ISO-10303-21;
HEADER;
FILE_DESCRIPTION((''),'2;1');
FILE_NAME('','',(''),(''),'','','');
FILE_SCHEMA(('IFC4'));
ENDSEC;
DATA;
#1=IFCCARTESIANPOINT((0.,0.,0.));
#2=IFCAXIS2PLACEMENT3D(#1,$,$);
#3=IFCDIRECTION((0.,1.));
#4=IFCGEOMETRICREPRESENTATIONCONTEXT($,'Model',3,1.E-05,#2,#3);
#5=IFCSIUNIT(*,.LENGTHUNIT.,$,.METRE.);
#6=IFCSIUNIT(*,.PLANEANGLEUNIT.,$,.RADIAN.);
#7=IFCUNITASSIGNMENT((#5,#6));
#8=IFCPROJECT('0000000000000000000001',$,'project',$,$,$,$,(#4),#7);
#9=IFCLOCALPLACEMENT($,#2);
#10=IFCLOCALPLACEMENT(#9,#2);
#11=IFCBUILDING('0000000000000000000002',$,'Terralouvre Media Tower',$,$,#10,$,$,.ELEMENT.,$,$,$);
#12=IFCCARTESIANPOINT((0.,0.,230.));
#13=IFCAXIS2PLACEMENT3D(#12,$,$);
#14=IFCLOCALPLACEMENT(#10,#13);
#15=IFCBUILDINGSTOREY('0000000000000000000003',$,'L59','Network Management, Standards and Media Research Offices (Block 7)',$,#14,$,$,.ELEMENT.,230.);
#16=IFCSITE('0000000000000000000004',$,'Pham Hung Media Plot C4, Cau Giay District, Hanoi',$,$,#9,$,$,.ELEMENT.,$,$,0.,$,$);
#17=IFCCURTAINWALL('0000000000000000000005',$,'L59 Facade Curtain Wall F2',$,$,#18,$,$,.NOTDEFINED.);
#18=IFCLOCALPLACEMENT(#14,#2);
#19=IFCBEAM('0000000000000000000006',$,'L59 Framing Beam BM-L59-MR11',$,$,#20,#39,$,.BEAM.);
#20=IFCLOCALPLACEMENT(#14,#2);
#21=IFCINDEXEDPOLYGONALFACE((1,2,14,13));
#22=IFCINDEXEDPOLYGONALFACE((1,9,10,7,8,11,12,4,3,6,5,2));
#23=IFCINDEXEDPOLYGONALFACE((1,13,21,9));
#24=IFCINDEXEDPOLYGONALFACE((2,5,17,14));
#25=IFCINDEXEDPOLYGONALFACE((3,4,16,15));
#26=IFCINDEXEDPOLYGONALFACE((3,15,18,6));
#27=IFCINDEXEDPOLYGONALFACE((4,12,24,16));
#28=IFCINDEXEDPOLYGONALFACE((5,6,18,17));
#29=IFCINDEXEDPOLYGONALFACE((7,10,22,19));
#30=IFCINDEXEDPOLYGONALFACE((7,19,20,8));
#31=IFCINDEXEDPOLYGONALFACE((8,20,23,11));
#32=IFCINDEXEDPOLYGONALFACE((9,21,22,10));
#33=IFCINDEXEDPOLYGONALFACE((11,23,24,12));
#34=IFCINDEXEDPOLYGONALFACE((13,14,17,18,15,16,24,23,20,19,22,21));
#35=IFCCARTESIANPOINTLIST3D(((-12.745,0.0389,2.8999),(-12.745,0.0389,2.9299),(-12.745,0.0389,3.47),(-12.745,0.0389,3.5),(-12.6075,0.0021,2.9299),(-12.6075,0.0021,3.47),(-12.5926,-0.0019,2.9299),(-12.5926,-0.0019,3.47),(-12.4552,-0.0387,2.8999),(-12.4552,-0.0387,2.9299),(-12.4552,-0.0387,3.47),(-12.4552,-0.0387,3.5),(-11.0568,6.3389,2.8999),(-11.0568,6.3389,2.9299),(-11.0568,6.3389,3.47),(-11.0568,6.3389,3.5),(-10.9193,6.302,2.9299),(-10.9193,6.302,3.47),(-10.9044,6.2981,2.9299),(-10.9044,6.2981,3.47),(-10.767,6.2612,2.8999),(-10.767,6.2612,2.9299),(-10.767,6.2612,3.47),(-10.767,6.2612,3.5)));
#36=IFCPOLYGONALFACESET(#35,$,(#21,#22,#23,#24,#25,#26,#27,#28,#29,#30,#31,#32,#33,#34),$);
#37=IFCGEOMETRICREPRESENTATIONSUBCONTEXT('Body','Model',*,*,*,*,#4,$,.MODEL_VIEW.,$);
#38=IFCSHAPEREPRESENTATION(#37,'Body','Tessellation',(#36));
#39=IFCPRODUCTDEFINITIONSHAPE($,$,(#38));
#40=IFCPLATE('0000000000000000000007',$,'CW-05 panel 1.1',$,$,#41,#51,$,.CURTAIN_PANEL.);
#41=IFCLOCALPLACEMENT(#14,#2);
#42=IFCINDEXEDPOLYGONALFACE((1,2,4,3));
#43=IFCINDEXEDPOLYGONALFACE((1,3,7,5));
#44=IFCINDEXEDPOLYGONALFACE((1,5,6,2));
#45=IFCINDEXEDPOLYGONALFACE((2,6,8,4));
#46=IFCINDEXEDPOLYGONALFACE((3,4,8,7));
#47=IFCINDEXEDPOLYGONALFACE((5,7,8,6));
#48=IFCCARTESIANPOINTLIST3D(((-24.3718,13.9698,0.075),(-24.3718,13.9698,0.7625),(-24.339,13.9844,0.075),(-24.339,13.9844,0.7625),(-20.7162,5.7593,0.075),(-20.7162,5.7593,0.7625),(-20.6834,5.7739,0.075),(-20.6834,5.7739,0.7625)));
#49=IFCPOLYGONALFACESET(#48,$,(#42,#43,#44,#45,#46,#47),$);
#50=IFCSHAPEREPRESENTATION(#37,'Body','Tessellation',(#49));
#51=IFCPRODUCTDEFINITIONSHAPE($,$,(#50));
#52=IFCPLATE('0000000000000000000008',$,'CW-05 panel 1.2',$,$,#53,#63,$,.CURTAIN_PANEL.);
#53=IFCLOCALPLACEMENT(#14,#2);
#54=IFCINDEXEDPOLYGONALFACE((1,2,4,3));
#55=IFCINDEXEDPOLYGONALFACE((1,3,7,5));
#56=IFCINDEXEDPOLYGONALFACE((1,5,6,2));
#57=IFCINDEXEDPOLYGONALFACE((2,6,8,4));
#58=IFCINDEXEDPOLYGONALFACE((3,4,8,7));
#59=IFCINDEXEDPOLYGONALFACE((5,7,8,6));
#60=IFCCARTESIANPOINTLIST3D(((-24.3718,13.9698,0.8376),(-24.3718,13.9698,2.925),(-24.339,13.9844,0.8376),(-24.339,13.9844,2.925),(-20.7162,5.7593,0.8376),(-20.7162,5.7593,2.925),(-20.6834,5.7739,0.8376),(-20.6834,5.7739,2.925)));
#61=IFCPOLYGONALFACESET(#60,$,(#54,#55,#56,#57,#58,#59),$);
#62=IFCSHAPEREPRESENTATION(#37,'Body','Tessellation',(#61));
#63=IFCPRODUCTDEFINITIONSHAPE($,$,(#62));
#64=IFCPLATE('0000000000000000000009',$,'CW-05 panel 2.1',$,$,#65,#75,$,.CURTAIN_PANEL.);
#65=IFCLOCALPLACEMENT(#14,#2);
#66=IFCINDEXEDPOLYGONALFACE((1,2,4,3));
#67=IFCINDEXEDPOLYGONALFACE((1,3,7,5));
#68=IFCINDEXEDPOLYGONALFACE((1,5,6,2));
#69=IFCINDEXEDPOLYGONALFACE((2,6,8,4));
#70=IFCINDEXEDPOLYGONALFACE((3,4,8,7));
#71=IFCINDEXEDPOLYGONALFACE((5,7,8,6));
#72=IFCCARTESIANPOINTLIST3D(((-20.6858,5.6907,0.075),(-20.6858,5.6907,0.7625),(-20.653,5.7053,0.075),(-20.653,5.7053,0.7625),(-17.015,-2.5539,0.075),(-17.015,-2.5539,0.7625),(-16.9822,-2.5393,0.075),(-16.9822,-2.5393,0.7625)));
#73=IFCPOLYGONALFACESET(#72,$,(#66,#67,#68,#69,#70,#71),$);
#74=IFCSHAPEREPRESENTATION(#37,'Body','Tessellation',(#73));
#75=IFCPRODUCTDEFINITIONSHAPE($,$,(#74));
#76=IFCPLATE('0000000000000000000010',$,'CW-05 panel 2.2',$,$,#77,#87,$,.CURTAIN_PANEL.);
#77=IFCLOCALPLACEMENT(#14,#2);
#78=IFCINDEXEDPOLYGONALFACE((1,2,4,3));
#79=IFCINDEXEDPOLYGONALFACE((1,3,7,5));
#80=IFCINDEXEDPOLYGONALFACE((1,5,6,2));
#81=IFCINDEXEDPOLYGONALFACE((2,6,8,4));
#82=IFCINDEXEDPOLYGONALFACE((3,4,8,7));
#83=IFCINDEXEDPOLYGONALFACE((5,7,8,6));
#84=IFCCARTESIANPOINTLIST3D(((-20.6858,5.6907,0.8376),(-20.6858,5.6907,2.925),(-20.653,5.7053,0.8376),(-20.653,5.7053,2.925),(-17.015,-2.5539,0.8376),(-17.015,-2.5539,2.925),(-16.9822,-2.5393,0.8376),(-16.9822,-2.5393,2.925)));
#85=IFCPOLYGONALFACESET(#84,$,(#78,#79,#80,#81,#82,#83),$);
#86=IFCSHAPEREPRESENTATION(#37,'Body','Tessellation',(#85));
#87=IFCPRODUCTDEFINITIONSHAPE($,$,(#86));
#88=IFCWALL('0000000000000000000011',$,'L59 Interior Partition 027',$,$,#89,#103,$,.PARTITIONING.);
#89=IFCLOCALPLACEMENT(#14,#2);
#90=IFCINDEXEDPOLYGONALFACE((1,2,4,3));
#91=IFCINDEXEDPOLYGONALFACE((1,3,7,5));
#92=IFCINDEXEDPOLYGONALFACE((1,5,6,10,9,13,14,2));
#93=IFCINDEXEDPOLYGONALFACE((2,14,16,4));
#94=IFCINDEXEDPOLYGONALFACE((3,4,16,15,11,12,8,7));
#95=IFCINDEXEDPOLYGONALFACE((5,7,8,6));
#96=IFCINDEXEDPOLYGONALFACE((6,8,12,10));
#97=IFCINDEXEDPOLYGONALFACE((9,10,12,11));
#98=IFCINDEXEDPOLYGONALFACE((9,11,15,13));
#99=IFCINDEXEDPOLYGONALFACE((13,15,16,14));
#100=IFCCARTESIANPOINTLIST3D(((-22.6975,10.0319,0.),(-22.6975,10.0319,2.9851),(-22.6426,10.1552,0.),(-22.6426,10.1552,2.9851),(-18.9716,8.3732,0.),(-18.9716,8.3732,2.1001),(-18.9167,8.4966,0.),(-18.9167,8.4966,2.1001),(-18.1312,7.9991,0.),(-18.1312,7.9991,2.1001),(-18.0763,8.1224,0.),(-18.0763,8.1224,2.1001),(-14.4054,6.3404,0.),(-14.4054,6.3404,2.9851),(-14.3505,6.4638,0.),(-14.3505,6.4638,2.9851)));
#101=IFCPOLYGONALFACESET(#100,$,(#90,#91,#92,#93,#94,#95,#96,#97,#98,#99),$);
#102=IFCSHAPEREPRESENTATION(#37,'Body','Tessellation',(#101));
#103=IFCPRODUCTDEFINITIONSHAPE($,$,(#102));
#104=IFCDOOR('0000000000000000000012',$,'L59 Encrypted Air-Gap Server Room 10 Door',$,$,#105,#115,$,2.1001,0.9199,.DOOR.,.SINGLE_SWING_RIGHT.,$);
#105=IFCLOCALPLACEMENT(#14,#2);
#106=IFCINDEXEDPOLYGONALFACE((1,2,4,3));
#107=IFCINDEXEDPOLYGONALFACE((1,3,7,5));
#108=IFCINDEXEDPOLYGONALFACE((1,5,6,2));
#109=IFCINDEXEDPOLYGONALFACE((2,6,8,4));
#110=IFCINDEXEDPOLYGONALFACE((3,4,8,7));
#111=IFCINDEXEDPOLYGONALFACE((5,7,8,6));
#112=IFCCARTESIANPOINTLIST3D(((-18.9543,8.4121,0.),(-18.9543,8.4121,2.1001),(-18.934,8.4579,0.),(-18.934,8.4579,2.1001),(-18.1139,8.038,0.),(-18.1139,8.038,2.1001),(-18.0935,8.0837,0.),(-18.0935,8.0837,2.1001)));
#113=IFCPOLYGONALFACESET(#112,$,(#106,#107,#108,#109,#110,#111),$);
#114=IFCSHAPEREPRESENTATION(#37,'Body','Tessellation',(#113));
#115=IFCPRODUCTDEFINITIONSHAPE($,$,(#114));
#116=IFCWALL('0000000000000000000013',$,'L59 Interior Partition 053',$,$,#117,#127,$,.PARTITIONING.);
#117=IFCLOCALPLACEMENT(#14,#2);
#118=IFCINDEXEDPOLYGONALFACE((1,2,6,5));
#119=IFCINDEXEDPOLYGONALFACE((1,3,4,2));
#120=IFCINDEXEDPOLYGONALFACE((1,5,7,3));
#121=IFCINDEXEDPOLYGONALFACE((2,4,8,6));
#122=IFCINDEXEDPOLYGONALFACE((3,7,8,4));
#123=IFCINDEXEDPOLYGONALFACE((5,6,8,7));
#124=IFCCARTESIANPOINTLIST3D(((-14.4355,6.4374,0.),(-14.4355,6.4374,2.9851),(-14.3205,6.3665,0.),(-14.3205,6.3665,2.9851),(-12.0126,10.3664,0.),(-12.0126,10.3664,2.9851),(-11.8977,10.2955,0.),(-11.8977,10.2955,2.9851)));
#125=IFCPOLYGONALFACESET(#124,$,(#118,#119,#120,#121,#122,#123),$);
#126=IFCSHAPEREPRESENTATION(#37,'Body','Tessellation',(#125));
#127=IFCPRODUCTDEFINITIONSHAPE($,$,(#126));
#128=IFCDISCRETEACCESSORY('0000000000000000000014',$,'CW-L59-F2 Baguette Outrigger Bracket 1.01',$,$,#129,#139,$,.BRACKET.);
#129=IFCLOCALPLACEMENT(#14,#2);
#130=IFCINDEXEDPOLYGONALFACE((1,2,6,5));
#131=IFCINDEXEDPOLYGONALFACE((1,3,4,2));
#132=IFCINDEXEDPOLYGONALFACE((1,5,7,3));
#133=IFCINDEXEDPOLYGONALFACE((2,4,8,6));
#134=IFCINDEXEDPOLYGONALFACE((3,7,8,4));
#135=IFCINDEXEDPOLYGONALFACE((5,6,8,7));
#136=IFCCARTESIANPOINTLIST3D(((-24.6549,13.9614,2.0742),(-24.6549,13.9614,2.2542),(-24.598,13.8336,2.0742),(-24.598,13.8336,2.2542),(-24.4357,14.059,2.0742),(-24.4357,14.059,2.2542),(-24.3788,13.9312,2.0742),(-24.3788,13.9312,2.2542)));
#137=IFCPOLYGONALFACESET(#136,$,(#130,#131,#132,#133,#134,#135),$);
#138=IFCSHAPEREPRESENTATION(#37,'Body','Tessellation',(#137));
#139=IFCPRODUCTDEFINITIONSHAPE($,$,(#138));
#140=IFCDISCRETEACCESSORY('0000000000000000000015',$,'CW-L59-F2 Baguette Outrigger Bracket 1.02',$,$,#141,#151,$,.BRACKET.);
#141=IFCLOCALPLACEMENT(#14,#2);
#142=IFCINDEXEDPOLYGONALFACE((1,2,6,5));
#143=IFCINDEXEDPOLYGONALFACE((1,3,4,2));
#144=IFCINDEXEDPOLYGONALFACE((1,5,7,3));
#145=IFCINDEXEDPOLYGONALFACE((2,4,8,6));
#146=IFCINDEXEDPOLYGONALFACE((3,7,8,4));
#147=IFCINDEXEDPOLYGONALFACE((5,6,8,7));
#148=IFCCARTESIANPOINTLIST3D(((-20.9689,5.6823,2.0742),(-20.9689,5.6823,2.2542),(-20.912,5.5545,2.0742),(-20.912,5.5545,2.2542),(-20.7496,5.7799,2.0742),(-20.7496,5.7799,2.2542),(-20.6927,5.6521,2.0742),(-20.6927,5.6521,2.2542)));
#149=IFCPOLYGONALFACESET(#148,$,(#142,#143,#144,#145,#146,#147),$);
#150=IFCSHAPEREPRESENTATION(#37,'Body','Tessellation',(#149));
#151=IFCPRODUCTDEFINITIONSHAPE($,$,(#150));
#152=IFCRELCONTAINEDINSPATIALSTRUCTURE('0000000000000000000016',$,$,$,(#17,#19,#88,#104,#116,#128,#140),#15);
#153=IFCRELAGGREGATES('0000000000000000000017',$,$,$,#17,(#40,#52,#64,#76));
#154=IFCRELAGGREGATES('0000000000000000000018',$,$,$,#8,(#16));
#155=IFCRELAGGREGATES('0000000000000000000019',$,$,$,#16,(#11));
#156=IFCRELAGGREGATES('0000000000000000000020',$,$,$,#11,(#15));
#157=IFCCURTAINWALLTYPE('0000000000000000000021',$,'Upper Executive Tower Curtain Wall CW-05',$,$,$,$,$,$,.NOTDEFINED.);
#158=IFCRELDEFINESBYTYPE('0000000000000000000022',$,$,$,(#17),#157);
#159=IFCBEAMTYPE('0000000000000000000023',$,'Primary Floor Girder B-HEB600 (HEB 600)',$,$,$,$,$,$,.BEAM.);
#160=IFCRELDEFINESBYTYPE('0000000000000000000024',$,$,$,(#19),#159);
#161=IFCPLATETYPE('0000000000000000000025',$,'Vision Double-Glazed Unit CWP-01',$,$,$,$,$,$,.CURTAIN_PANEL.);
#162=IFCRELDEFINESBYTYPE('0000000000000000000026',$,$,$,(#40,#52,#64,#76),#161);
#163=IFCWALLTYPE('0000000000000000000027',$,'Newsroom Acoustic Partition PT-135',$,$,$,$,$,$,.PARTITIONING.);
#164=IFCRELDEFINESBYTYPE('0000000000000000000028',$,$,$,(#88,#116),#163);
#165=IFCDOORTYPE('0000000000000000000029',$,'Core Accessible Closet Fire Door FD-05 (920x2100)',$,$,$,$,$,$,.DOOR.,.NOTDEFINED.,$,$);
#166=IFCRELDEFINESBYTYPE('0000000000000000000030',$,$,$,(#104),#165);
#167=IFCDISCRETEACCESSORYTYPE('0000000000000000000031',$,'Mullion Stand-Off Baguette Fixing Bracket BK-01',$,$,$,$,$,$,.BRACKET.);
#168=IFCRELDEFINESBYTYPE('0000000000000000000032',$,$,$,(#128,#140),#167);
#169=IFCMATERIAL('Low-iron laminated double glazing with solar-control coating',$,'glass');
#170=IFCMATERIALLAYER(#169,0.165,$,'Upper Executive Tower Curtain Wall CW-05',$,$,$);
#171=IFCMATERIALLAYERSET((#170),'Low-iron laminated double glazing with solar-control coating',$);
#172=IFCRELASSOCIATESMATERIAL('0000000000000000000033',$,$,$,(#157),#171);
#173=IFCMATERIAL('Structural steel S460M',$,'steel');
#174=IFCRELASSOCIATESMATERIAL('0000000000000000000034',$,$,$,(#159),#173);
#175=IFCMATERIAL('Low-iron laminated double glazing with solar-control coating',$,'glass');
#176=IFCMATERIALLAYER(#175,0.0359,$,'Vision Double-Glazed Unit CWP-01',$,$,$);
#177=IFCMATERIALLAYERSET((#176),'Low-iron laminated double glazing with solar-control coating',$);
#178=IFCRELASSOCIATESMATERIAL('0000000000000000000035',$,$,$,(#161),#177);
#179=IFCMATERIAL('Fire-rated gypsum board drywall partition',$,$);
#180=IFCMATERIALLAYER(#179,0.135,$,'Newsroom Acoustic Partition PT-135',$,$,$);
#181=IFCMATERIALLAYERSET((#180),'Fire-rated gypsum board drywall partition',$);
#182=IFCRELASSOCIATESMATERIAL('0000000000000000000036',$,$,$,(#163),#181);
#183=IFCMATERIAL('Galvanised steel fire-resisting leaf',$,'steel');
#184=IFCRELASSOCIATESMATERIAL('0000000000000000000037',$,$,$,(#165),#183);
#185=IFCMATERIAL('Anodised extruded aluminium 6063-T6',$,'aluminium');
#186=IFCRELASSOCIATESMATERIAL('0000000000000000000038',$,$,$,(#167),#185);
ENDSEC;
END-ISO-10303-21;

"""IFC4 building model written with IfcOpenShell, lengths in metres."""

from ifc_helpers import new_model, si_unit, direction, frame, frame_2d, origin, origin_2d, place, context, subcontext, project, spatial, rectangle, i_section, extrude, material, layer, layer_set, material_profile, profile_set, type_object, element, fill, aggregate, save


model = new_model("IFC4")

# Units and contexts
model_context = context("Model", 3, precision=1e-05, world=origin(), true_north=direction((0.0, 1.0)))
body_context = subcontext(model_context, "Body", "Model", "MODEL_VIEW")
ifc_project = project(units=[si_unit("LENGTHUNIT", "METRE"), si_unit("PLANEANGLEUNIT", "RADIAN")], contexts=[model_context])

# Site, building, storey
site_placement = place(None, origin())
site = spatial("IfcSite", under=ifc_project, at=site_placement, Name="Pham Hung Media Plot C4, Cau Giay District, Hanoi", CompositionType="ELEMENT", RefElevation=0.0)
building_placement = place(site_placement, origin())
building = spatial("IfcBuilding", under=site, at=building_placement, Name="Terralouvre Media Tower", CompositionType="ELEMENT")
storey_placement = place(building_placement, frame((0.0, 0.0, 230.0)))
storey = spatial("IfcBuildingStorey", under=building, at=storey_placement, Name="L59", Description="Network Management, Standards and Media Research Offices (Block 7)", CompositionType="ELEMENT", Elevation=230.0)

# Curtain wall
ifc_material_1 = material(Name="Low-iron laminated double glazing with solar-control coating", Category="glass")
ifc_layer_1 = layer(ifc_material_1, 0.165, Name="Upper Executive Tower Curtain Wall CW-05")
ifc_layer_set_1 = layer_set([ifc_layer_1], Name="Low-iron laminated double glazing with solar-control coating")
curtain_wall_type_1 = type_object("IfcCurtainWallType", Name="Upper Executive Tower Curtain Wall CW-05", PredefinedType="NOTDEFINED", material=ifc_layer_set_1)
curtain_wall_1_placement = place(storey_placement, origin())
curtain_wall_1 = element("IfcCurtainWall", 1, at=curtain_wall_1_placement, inside=storey, type_object=curtain_wall_type_1, Name="L59 Facade Curtain Wall F2", PredefinedType="NOTDEFINED")

# Beam
ifc_material_2 = material(Name="Structural steel S460M", Category="steel")
ifc_material_profile_1 = material_profile(ifc_material_2, i_section(OverallWidth=0.3, OverallDepth=0.6001, WebThickness=0.0154, FlangeThickness=0.03, at=origin_2d()), Name="HEB 600")
ifc_profile_set_1 = profile_set([ifc_material_profile_1], Name="Structural steel S460M")
beam_type_1 = type_object("IfcBeamType", Name="Primary Floor Girder B-HEB600 (HEB 600)", PredefinedType="BEAM", material=ifc_profile_set_1)
beam_1_placement = place(storey_placement, frame((-10.9119, 6.3, 3.2), z_axis=(-0.258839, -0.96592, 0.0), x_axis=(0.96592, -0.258839, 0.0)))
element("IfcBeam", 2, at=beam_1_placement, inside=storey, type_object=beam_type_1, Name="L59 Framing Beam BM-L59-MR11", PredefinedType="BEAM", context=body_context, shape_type="SweptSolid", body=[
    extrude(i_section(OverallWidth=0.3, OverallDepth=0.6001, WebThickness=0.0154, FlangeThickness=0.03, at=origin_2d()), origin(), (0.0, 0.0, 1.0), 6.5222),
])

# Plates
ifc_material_3 = material(Name="Low-iron laminated double glazing with solar-control coating", Category="glass")
ifc_layer_2 = layer(ifc_material_3, 0.0359, Name="Vision Double-Glazed Unit CWP-01")
ifc_layer_set_2 = layer_set([ifc_layer_2], Name="Low-iron laminated double glazing with solar-control coating")
plate_type = type_object("IfcPlateType", Name="Vision Double-Glazed Unit CWP-01", PredefinedType="CURTAIN_PANEL", material=ifc_layer_set_2)
plate_1_placement = place(storey_placement, frame((-22.5276, 9.8718, 0.075), z_axis=(0.0, 0.0, 1.0), x_axis=(0.406737, -0.913545, 0.0)))
plate_1 = element("IfcPlate", 3, at=plate_1_placement, type_object=plate_type, Name="CW-05 panel 1.1", PredefinedType="CURTAIN_PANEL", context=body_context, shape_type="SweptSolid", body=[
    extrude(rectangle(XDim=8.9875, YDim=0.0359, at=origin_2d()), origin(), (0.0, 0.0, 1.0), 0.6875),
])
plate_2_placement = place(storey_placement, frame((-22.5276, 9.8718, 0.8376), z_axis=(0.0, 0.0, 1.0), x_axis=(0.406737, -0.913545, 0.0)))
plate_2 = element("IfcPlate", 4, at=plate_2_placement, type_object=plate_type, Name="CW-05 panel 1.2", PredefinedType="CURTAIN_PANEL", context=body_context, shape_type="SweptSolid", body=[
    extrude(rectangle(XDim=8.9875, YDim=0.0359, at=origin_2d()), origin(), (0.0, 0.0, 1.0), 2.0874),
])
plate_3_placement = place(storey_placement, frame((-18.834, 1.5757, 0.075), z_axis=(0.0, 0.0, 1.0), x_axis=(0.406737, -0.913545, 0.0)))
plate_3 = element("IfcPlate", 5, at=plate_3_placement, type_object=plate_type, Name="CW-05 panel 2.1", PredefinedType="CURTAIN_PANEL", context=body_context, shape_type="SweptSolid", body=[
    extrude(rectangle(XDim=9.0249, YDim=0.0359, at=origin_2d()), origin(), (0.0, 0.0, 1.0), 0.6875),
])
plate_4_placement = place(storey_placement, frame((-18.834, 1.5757, 0.8376), z_axis=(0.0, 0.0, 1.0), x_axis=(0.406737, -0.913545, 0.0)))
plate_4 = element("IfcPlate", 6, at=plate_4_placement, type_object=plate_type, Name="CW-05 panel 2.2", PredefinedType="CURTAIN_PANEL", context=body_context, shape_type="SweptSolid", body=[
    extrude(rectangle(XDim=9.0249, YDim=0.0359, at=origin_2d()), origin(), (0.0, 0.0, 1.0), 2.0874),
])
aggregate(curtain_wall_1, [plate_1, plate_2, plate_3, plate_4])

# Wall, opening, door
ifc_material_4 = material(Name="Fire-rated gypsum board drywall partition")
ifc_layer_3 = layer(ifc_material_4, 0.135, Name="Newsroom Acoustic Partition PT-135")
ifc_layer_set_3 = layer_set([ifc_layer_3], Name="Fire-rated gypsum board drywall partition")
wall_type = type_object("IfcWallType", Name="Newsroom Acoustic Partition PT-135", PredefinedType="PARTITIONING", material=ifc_layer_set_3)
wall_1_placement = place(storey_placement, frame((-14.3779, 6.4021, 0.0), z_axis=(0.0, 0.0, 1.0), x_axis=(-0.913563, 0.406697, 0.0)))
wall_1 = element("IfcWall", 7, at=wall_1_placement, inside=storey, type_object=wall_type, Name="L59 Interior Partition 027", PredefinedType="PARTITIONING", context=body_context, shape_type="SweptSolid", body=[
    extrude(rectangle(XDim=9.0767, YDim=0.135, at=frame_2d((4.5383, 0.0))), origin(), (0.0, 0.0, 1.0), 2.9851),
])
opening_placement = place(wall_1_placement, frame((4.0784, 0.0, 0.0)))
opening = element("IfcOpeningElement", 8, at=opening_placement, cuts=wall_1, PredefinedType="OPENING", context=body_context, shape_type="SweptSolid", body=[
    extrude(rectangle(XDim=0.9199, YDim=2.1001, at=frame_2d((0.46, 1.05))), frame((0.0, 0.0774, 0.0), z_axis=(0.0, -1.0, 0.0), x_axis=(1.0, 0.0, 0.0)), (0.0, 0.0, 1.0), 0.155),
])
ifc_material_5 = material(Name="Galvanised steel fire-resisting leaf", Category="steel")
door_type = type_object("IfcDoorType", Name="Core Accessible Closet Fire Door FD-05 (920x2100)", OperationType="NOTDEFINED", PredefinedType="DOOR", material=ifc_material_5)
door_placement = place(opening_placement, origin())
door = element("IfcDoor", 9, at=door_placement, inside=storey, type_object=door_type, Name="L59 Encrypted Air-Gap Server Room 10 Door", OperationType="SINGLE_SWING_RIGHT", OverallHeight=2.1001, OverallWidth=0.9199, PredefinedType="DOOR", context=body_context, shape_type="SweptSolid", body=[
    extrude(rectangle(XDim=0.9199, YDim=2.1001, at=frame_2d((0.46, 1.05))), frame((0.0, 0.0249, 0.0), z_axis=(0.0, -1.0, 0.0), x_axis=(1.0, 0.0, 0.0)), (0.0, 0.0, 1.0), 0.05),
])
fill(opening, door)

# Wall
wall_2_placement = place(storey_placement, frame((-11.9551, 10.3311, 0.0), z_axis=(0.0, 0.0, 1.0), x_axis=(-0.524888, -0.851171, 0.0)))
element("IfcWall", 10, at=wall_2_placement, inside=storey, type_object=wall_type, Name="L59 Interior Partition 053", PredefinedType="PARTITIONING", context=body_context, shape_type="SweptSolid", body=[
    extrude(rectangle(XDim=4.616, YDim=0.135, at=frame_2d((2.3081, 0.0))), origin(), (0.0, 0.0, 1.0), 2.9851),
])

# Discrete accessories
ifc_material_6 = material(Name="Anodised extruded aluminium 6063-T6", Category="aluminium")
discrete_accessory_type = type_object("IfcDiscreteAccessoryType", Name="Mullion Stand-Off Baguette Fixing Bracket BK-01", PredefinedType="BRACKET", material=ifc_material_6)
for number, where, z_axis, x_axis, name in (
    (11, (-24.5168, 13.9463, 2.0742), (0.0, 0.0, 1.0), (0.406737, -0.913545, 0.0), "CW-L59-F2 Baguette Outrigger Bracket 1.01"),
    (12, (-20.8308, 5.6672, 2.0742), (0.0, 0.0, 1.0), (0.406737, -0.913545, 0.0), "CW-L59-F2 Baguette Outrigger Bracket 1.02"),
):
    element("IfcDiscreteAccessory", number, at=place(storey_placement, frame(where, z_axis=z_axis, x_axis=x_axis)), inside=storey, type_object=discrete_accessory_type, Name=name, PredefinedType="BRACKET", context=body_context, shape_type="SweptSolid", body=[
        extrude(rectangle(XDim=0.1399, YDim=0.24, at=origin_2d()), origin(), (0.0, 0.0, 1.0), 0.1799),
    ])

save(model, "model.ifc")
